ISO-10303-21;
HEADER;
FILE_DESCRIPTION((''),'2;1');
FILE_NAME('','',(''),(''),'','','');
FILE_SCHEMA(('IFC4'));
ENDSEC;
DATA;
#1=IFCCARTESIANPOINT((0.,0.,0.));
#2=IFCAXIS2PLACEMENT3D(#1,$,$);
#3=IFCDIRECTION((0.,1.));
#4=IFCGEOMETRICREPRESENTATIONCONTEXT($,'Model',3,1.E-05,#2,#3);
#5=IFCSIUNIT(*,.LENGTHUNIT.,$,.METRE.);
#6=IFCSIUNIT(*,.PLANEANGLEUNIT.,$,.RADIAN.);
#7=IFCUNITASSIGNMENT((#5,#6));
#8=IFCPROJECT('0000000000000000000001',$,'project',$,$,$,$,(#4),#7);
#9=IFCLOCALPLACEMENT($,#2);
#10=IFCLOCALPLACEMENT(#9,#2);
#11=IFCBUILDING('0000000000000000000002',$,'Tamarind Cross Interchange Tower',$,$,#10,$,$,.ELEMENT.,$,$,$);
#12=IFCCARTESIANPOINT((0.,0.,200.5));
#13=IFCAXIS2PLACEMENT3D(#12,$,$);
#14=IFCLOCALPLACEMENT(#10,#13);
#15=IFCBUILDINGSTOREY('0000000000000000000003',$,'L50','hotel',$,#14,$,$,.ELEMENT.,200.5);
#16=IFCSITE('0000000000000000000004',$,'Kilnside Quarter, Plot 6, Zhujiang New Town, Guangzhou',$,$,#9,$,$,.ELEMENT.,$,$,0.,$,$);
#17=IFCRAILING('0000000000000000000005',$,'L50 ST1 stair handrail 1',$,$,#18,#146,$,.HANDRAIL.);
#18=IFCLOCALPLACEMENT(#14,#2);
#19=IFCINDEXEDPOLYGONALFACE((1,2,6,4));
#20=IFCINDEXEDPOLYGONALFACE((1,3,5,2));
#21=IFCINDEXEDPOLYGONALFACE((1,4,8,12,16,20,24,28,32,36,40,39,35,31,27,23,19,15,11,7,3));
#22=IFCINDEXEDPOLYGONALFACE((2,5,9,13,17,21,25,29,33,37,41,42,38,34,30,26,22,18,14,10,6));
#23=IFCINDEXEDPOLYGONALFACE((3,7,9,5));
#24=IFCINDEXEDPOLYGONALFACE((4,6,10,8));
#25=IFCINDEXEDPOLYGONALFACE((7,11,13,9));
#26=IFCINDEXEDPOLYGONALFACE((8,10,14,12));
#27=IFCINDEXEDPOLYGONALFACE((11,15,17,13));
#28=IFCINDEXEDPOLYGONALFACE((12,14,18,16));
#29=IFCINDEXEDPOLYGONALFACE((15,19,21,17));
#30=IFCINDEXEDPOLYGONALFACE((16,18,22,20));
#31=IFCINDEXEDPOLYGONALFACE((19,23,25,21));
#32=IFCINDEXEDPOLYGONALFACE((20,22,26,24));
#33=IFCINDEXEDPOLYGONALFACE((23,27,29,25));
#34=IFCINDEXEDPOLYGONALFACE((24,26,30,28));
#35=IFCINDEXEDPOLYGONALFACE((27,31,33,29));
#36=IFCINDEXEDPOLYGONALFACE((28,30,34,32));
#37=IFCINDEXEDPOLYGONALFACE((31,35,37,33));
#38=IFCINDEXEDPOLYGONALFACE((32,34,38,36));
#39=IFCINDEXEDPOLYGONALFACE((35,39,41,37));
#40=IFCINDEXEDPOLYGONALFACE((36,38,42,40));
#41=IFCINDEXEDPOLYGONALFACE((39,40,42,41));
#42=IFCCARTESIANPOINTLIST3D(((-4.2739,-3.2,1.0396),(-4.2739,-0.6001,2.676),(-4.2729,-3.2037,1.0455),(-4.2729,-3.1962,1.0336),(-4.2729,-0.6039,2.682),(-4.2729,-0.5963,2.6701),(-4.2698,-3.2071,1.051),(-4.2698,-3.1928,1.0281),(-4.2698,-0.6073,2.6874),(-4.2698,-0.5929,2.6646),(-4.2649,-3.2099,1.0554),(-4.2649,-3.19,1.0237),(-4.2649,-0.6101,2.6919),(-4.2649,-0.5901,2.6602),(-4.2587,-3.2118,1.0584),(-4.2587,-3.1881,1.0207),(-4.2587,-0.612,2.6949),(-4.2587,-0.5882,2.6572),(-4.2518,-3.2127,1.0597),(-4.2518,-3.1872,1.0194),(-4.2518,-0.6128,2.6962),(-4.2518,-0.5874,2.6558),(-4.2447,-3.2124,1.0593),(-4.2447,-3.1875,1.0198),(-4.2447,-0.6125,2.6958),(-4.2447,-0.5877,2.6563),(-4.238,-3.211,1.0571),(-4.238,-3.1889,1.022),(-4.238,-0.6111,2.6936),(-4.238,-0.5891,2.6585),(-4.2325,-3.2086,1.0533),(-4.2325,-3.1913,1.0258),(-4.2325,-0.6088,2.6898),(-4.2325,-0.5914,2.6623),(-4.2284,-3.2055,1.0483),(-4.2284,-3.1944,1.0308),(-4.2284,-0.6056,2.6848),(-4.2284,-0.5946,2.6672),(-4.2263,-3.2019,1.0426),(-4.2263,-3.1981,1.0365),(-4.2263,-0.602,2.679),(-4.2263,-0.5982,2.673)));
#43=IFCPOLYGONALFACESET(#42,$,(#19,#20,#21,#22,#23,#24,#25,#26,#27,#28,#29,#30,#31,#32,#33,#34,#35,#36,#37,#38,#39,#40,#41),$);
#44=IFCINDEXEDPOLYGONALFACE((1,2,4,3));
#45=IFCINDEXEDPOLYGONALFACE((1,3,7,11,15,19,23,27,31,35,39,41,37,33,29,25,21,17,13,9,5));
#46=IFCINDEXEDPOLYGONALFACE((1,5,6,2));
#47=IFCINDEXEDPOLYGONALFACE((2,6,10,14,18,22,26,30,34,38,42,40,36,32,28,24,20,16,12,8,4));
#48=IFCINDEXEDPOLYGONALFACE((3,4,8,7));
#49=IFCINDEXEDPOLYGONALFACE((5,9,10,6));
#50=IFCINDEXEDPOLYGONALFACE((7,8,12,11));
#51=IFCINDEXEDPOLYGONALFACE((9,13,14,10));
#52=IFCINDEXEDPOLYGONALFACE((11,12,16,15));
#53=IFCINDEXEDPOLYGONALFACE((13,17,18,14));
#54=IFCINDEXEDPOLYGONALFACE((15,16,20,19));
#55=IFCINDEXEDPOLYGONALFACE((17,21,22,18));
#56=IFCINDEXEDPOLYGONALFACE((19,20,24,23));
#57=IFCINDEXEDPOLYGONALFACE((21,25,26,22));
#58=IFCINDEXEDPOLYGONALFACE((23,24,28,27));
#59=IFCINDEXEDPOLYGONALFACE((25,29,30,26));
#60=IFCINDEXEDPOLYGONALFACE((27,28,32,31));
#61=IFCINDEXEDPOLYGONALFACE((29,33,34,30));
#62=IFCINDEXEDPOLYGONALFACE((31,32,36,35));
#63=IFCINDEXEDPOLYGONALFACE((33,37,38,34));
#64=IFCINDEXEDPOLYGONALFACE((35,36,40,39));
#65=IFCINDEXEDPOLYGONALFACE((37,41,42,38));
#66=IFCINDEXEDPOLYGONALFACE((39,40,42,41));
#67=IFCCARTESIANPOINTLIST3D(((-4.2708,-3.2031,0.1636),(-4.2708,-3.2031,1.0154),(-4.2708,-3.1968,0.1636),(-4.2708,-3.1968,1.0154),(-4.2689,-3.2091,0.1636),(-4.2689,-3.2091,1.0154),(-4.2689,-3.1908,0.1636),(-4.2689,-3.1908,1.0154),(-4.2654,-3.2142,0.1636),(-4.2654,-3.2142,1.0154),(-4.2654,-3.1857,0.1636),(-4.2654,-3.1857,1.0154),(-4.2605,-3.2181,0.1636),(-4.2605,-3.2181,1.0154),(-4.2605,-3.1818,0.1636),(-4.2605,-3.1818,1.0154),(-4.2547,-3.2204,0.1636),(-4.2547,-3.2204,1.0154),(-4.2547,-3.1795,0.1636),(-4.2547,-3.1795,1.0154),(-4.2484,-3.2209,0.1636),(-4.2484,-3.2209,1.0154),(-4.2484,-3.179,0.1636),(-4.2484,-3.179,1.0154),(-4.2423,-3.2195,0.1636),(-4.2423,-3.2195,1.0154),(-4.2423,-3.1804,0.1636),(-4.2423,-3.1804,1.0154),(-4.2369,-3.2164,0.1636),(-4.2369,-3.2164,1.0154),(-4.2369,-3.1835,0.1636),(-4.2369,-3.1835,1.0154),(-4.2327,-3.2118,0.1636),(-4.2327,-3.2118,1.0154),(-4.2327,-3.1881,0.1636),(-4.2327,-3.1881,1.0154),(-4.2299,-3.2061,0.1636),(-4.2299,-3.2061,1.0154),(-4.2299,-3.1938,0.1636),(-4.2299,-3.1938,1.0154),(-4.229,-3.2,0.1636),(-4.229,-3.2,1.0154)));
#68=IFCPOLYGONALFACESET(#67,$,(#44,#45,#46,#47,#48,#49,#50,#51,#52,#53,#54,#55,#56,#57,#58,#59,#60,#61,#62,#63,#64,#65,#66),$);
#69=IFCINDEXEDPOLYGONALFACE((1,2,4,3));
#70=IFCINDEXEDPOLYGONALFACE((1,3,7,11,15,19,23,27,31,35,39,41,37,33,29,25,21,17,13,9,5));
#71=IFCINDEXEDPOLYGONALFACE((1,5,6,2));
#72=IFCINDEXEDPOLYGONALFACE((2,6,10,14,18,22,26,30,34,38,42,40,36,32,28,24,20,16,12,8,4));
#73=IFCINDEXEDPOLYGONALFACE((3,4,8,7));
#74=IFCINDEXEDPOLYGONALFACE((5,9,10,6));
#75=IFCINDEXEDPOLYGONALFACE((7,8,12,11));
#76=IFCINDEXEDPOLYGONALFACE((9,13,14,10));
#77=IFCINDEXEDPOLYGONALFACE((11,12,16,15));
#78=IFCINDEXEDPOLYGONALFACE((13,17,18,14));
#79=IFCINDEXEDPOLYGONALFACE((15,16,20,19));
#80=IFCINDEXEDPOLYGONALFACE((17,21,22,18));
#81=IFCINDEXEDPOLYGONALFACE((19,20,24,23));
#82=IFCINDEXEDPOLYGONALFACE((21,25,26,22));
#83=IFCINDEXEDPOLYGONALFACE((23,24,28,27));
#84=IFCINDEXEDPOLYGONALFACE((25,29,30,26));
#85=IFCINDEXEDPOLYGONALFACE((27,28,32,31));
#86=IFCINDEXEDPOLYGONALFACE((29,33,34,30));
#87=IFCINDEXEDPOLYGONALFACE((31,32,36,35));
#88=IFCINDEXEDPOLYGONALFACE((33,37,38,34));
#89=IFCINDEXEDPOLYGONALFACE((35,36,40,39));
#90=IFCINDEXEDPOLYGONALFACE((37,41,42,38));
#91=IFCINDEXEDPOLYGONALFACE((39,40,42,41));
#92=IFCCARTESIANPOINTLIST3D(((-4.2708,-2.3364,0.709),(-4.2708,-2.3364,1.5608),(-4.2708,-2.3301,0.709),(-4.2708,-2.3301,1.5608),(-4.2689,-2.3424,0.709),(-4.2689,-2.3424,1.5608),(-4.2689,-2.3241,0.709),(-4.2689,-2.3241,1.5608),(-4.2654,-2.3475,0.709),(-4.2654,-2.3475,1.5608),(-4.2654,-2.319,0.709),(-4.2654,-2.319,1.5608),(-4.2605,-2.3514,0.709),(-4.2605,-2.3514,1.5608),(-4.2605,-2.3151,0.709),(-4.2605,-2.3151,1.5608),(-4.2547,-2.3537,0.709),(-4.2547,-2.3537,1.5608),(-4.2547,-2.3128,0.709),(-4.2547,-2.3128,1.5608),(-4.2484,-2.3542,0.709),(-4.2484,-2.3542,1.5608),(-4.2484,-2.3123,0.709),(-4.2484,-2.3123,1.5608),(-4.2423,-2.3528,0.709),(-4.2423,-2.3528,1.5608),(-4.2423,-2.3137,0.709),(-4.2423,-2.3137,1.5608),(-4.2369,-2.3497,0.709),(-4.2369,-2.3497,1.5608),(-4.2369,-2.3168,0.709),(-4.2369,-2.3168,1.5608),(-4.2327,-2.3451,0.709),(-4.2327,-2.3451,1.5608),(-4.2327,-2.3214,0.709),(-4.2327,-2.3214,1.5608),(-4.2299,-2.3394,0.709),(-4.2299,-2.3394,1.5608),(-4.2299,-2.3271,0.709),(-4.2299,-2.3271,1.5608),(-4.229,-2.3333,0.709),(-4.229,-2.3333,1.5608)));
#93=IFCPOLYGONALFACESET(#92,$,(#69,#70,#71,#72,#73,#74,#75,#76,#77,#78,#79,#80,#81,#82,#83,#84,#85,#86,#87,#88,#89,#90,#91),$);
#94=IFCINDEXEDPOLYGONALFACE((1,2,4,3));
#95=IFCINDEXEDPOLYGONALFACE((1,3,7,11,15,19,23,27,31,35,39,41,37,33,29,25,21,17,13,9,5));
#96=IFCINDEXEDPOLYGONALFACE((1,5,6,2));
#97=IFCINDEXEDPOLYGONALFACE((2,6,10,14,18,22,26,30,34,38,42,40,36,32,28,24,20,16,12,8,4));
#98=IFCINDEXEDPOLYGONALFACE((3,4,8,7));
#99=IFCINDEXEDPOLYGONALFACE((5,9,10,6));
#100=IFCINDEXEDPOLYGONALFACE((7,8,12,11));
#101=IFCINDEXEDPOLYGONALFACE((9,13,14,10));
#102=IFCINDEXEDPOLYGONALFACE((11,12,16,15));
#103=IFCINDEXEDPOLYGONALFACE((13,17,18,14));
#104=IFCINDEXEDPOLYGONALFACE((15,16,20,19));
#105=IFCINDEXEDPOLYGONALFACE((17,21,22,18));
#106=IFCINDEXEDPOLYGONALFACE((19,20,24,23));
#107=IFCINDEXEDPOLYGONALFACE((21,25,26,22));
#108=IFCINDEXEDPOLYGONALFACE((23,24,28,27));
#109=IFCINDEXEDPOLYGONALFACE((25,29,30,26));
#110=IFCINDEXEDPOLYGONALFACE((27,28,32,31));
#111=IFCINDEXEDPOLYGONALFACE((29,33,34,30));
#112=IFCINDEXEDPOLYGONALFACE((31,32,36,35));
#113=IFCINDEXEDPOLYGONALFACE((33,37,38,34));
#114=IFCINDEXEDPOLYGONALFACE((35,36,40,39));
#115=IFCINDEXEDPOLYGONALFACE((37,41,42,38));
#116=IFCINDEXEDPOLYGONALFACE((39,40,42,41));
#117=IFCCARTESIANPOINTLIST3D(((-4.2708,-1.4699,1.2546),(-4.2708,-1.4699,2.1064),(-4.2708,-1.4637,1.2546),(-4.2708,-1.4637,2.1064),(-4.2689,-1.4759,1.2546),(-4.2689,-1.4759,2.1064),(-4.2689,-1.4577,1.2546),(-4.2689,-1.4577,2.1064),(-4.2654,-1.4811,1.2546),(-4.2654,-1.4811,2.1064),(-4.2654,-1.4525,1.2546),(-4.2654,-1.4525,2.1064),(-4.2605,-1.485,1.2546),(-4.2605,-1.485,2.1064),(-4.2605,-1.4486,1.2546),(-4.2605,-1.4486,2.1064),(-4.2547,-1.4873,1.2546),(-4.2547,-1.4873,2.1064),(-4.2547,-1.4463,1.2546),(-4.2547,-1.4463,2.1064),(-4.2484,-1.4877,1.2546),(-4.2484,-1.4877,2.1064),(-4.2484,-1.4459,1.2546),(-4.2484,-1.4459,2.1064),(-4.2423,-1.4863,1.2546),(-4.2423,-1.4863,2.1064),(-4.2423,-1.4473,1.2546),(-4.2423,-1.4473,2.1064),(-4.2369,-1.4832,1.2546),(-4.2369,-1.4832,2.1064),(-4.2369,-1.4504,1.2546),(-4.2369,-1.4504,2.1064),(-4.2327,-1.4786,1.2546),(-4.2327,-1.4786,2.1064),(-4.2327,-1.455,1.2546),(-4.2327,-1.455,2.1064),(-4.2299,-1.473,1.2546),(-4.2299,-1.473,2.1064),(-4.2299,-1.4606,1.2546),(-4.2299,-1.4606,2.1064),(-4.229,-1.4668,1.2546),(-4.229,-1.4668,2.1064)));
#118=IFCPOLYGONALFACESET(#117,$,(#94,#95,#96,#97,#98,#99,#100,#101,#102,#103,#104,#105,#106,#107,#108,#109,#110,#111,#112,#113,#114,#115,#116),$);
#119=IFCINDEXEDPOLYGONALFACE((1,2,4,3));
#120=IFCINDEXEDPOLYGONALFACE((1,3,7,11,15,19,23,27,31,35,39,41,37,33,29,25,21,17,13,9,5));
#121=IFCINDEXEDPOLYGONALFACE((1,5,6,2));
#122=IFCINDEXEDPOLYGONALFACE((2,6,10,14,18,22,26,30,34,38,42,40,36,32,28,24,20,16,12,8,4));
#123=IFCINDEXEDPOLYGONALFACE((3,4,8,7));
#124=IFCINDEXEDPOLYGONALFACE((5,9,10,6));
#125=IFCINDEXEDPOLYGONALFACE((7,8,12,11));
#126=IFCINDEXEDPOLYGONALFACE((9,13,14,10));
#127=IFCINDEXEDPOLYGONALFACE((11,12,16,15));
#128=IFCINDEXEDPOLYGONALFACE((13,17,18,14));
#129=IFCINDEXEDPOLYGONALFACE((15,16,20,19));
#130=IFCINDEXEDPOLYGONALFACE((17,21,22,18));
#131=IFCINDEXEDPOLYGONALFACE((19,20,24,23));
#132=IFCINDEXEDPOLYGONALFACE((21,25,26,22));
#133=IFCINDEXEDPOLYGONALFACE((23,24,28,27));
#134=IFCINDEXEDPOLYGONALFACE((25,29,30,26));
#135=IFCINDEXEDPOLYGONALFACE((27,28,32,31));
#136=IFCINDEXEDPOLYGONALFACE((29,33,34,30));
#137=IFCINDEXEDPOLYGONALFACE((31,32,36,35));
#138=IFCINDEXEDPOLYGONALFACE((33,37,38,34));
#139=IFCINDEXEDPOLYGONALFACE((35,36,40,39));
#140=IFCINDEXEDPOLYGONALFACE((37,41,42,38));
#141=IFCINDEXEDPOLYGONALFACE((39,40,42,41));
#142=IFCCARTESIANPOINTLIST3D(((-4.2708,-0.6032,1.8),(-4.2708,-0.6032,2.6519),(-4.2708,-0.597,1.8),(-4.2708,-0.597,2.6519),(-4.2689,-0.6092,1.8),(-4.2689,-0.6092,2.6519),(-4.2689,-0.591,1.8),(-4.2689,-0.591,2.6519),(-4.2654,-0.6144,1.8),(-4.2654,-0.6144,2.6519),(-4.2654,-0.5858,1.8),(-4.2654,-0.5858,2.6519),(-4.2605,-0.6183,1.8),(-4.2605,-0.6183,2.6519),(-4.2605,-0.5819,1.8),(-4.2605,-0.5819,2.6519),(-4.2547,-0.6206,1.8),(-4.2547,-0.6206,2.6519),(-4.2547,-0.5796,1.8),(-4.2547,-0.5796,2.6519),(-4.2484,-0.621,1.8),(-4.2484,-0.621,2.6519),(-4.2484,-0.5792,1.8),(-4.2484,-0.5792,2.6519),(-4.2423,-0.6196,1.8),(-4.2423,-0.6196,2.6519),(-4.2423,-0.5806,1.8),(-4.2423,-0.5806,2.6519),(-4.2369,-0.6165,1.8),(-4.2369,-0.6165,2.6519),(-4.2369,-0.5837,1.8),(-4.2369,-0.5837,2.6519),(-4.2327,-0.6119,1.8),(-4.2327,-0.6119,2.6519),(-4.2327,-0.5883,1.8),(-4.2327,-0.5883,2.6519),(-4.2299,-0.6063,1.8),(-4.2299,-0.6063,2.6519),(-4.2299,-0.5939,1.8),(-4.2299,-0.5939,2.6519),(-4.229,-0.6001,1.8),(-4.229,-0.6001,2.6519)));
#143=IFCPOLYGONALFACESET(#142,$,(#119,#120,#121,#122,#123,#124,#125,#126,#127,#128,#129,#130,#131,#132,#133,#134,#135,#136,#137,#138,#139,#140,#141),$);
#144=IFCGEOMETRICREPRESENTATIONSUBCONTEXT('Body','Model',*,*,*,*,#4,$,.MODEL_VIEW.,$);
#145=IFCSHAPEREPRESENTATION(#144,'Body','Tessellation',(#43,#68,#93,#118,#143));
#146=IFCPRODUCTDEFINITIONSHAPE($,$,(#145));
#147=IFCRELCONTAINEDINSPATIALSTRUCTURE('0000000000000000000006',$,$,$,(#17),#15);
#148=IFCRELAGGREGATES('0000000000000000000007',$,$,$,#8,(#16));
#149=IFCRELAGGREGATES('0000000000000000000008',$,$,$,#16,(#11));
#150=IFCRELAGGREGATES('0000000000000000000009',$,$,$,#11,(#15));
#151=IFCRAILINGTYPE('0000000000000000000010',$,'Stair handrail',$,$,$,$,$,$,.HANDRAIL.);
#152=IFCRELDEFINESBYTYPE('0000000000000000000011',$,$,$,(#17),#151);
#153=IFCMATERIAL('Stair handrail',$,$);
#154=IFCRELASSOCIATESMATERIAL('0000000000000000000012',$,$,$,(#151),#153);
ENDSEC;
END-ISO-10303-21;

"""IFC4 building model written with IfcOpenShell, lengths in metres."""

from ifc_helpers import new_model, si_unit, direction, frame, origin, origin_2d, place, context, subcontext, project, spatial, circle, extrude, material, type_object, element, save


model = new_model("IFC4")

# Units and contexts
model_context = context("Model", 3, precision=1e-05, world=origin(), true_north=direction((0.0, 1.0)))
body_context = subcontext(model_context, "Body", "Model", "MODEL_VIEW")
ifc_project = project(units=[si_unit("LENGTHUNIT", "METRE"), si_unit("PLANEANGLEUNIT", "RADIAN")], contexts=[model_context])

# Site, building, storey
site_placement = place(None, origin())
site = spatial("IfcSite", under=ifc_project, at=site_placement, Name="Kilnside Quarter, Plot 6, Zhujiang New Town, Guangzhou", CompositionType="ELEMENT", RefElevation=0.0)
building_placement = place(site_placement, origin())
building = spatial("IfcBuilding", under=site, at=building_placement, Name="Tamarind Cross Interchange Tower", CompositionType="ELEMENT")
storey_placement = place(building_placement, frame((0.0, 0.0, 200.5)))
storey = spatial("IfcBuildingStorey", under=building, at=storey_placement, Name="L50", Description="hotel", CompositionType="ELEMENT", Elevation=200.5)

# Railing
ifc_material_1 = material(Name="Stair handrail")
railing_type_1 = type_object("IfcRailingType", Name="Stair handrail", PredefinedType="HANDRAIL", material=ifc_material_1)
railing_1_placement = place(storey_placement, frame((-4.25, -3.2, 0.1636)))
element("IfcRailing", 1, at=railing_1_placement, inside=storey, type_object=railing_type_1, Name="L50 ST1 stair handrail 1", PredefinedType="HANDRAIL", context=body_context, shape_type="SweptSolid", body=[
    extrude(circle(Radius=0.0239, at=origin_2d()), frame((0.0, 0.0, 0.876), z_axis=(0.0, 0.846302, 0.532704), x_axis=(-1.0, 0.0, 0.0)), (0.0, 0.0, 1.0), 3.072),
    extrude(circle(Radius=0.021, at=origin_2d()), origin(), (0.0, 0.0, 1.0), 0.8518),
    extrude(circle(Radius=0.021, at=origin_2d()), frame((0.0, 0.8667, 0.5454)), (0.0, 0.0, 1.0), 0.8518),
    extrude(circle(Radius=0.021, at=origin_2d()), frame((0.0, 1.7332, 1.0911)), (0.0, 0.0, 1.0), 0.8518),
    extrude(circle(Radius=0.021, at=origin_2d()), frame((0.0, 2.5999, 1.6365)), (0.0, 0.0, 1.0), 0.8518),
])

save(model, "model.ifc")
